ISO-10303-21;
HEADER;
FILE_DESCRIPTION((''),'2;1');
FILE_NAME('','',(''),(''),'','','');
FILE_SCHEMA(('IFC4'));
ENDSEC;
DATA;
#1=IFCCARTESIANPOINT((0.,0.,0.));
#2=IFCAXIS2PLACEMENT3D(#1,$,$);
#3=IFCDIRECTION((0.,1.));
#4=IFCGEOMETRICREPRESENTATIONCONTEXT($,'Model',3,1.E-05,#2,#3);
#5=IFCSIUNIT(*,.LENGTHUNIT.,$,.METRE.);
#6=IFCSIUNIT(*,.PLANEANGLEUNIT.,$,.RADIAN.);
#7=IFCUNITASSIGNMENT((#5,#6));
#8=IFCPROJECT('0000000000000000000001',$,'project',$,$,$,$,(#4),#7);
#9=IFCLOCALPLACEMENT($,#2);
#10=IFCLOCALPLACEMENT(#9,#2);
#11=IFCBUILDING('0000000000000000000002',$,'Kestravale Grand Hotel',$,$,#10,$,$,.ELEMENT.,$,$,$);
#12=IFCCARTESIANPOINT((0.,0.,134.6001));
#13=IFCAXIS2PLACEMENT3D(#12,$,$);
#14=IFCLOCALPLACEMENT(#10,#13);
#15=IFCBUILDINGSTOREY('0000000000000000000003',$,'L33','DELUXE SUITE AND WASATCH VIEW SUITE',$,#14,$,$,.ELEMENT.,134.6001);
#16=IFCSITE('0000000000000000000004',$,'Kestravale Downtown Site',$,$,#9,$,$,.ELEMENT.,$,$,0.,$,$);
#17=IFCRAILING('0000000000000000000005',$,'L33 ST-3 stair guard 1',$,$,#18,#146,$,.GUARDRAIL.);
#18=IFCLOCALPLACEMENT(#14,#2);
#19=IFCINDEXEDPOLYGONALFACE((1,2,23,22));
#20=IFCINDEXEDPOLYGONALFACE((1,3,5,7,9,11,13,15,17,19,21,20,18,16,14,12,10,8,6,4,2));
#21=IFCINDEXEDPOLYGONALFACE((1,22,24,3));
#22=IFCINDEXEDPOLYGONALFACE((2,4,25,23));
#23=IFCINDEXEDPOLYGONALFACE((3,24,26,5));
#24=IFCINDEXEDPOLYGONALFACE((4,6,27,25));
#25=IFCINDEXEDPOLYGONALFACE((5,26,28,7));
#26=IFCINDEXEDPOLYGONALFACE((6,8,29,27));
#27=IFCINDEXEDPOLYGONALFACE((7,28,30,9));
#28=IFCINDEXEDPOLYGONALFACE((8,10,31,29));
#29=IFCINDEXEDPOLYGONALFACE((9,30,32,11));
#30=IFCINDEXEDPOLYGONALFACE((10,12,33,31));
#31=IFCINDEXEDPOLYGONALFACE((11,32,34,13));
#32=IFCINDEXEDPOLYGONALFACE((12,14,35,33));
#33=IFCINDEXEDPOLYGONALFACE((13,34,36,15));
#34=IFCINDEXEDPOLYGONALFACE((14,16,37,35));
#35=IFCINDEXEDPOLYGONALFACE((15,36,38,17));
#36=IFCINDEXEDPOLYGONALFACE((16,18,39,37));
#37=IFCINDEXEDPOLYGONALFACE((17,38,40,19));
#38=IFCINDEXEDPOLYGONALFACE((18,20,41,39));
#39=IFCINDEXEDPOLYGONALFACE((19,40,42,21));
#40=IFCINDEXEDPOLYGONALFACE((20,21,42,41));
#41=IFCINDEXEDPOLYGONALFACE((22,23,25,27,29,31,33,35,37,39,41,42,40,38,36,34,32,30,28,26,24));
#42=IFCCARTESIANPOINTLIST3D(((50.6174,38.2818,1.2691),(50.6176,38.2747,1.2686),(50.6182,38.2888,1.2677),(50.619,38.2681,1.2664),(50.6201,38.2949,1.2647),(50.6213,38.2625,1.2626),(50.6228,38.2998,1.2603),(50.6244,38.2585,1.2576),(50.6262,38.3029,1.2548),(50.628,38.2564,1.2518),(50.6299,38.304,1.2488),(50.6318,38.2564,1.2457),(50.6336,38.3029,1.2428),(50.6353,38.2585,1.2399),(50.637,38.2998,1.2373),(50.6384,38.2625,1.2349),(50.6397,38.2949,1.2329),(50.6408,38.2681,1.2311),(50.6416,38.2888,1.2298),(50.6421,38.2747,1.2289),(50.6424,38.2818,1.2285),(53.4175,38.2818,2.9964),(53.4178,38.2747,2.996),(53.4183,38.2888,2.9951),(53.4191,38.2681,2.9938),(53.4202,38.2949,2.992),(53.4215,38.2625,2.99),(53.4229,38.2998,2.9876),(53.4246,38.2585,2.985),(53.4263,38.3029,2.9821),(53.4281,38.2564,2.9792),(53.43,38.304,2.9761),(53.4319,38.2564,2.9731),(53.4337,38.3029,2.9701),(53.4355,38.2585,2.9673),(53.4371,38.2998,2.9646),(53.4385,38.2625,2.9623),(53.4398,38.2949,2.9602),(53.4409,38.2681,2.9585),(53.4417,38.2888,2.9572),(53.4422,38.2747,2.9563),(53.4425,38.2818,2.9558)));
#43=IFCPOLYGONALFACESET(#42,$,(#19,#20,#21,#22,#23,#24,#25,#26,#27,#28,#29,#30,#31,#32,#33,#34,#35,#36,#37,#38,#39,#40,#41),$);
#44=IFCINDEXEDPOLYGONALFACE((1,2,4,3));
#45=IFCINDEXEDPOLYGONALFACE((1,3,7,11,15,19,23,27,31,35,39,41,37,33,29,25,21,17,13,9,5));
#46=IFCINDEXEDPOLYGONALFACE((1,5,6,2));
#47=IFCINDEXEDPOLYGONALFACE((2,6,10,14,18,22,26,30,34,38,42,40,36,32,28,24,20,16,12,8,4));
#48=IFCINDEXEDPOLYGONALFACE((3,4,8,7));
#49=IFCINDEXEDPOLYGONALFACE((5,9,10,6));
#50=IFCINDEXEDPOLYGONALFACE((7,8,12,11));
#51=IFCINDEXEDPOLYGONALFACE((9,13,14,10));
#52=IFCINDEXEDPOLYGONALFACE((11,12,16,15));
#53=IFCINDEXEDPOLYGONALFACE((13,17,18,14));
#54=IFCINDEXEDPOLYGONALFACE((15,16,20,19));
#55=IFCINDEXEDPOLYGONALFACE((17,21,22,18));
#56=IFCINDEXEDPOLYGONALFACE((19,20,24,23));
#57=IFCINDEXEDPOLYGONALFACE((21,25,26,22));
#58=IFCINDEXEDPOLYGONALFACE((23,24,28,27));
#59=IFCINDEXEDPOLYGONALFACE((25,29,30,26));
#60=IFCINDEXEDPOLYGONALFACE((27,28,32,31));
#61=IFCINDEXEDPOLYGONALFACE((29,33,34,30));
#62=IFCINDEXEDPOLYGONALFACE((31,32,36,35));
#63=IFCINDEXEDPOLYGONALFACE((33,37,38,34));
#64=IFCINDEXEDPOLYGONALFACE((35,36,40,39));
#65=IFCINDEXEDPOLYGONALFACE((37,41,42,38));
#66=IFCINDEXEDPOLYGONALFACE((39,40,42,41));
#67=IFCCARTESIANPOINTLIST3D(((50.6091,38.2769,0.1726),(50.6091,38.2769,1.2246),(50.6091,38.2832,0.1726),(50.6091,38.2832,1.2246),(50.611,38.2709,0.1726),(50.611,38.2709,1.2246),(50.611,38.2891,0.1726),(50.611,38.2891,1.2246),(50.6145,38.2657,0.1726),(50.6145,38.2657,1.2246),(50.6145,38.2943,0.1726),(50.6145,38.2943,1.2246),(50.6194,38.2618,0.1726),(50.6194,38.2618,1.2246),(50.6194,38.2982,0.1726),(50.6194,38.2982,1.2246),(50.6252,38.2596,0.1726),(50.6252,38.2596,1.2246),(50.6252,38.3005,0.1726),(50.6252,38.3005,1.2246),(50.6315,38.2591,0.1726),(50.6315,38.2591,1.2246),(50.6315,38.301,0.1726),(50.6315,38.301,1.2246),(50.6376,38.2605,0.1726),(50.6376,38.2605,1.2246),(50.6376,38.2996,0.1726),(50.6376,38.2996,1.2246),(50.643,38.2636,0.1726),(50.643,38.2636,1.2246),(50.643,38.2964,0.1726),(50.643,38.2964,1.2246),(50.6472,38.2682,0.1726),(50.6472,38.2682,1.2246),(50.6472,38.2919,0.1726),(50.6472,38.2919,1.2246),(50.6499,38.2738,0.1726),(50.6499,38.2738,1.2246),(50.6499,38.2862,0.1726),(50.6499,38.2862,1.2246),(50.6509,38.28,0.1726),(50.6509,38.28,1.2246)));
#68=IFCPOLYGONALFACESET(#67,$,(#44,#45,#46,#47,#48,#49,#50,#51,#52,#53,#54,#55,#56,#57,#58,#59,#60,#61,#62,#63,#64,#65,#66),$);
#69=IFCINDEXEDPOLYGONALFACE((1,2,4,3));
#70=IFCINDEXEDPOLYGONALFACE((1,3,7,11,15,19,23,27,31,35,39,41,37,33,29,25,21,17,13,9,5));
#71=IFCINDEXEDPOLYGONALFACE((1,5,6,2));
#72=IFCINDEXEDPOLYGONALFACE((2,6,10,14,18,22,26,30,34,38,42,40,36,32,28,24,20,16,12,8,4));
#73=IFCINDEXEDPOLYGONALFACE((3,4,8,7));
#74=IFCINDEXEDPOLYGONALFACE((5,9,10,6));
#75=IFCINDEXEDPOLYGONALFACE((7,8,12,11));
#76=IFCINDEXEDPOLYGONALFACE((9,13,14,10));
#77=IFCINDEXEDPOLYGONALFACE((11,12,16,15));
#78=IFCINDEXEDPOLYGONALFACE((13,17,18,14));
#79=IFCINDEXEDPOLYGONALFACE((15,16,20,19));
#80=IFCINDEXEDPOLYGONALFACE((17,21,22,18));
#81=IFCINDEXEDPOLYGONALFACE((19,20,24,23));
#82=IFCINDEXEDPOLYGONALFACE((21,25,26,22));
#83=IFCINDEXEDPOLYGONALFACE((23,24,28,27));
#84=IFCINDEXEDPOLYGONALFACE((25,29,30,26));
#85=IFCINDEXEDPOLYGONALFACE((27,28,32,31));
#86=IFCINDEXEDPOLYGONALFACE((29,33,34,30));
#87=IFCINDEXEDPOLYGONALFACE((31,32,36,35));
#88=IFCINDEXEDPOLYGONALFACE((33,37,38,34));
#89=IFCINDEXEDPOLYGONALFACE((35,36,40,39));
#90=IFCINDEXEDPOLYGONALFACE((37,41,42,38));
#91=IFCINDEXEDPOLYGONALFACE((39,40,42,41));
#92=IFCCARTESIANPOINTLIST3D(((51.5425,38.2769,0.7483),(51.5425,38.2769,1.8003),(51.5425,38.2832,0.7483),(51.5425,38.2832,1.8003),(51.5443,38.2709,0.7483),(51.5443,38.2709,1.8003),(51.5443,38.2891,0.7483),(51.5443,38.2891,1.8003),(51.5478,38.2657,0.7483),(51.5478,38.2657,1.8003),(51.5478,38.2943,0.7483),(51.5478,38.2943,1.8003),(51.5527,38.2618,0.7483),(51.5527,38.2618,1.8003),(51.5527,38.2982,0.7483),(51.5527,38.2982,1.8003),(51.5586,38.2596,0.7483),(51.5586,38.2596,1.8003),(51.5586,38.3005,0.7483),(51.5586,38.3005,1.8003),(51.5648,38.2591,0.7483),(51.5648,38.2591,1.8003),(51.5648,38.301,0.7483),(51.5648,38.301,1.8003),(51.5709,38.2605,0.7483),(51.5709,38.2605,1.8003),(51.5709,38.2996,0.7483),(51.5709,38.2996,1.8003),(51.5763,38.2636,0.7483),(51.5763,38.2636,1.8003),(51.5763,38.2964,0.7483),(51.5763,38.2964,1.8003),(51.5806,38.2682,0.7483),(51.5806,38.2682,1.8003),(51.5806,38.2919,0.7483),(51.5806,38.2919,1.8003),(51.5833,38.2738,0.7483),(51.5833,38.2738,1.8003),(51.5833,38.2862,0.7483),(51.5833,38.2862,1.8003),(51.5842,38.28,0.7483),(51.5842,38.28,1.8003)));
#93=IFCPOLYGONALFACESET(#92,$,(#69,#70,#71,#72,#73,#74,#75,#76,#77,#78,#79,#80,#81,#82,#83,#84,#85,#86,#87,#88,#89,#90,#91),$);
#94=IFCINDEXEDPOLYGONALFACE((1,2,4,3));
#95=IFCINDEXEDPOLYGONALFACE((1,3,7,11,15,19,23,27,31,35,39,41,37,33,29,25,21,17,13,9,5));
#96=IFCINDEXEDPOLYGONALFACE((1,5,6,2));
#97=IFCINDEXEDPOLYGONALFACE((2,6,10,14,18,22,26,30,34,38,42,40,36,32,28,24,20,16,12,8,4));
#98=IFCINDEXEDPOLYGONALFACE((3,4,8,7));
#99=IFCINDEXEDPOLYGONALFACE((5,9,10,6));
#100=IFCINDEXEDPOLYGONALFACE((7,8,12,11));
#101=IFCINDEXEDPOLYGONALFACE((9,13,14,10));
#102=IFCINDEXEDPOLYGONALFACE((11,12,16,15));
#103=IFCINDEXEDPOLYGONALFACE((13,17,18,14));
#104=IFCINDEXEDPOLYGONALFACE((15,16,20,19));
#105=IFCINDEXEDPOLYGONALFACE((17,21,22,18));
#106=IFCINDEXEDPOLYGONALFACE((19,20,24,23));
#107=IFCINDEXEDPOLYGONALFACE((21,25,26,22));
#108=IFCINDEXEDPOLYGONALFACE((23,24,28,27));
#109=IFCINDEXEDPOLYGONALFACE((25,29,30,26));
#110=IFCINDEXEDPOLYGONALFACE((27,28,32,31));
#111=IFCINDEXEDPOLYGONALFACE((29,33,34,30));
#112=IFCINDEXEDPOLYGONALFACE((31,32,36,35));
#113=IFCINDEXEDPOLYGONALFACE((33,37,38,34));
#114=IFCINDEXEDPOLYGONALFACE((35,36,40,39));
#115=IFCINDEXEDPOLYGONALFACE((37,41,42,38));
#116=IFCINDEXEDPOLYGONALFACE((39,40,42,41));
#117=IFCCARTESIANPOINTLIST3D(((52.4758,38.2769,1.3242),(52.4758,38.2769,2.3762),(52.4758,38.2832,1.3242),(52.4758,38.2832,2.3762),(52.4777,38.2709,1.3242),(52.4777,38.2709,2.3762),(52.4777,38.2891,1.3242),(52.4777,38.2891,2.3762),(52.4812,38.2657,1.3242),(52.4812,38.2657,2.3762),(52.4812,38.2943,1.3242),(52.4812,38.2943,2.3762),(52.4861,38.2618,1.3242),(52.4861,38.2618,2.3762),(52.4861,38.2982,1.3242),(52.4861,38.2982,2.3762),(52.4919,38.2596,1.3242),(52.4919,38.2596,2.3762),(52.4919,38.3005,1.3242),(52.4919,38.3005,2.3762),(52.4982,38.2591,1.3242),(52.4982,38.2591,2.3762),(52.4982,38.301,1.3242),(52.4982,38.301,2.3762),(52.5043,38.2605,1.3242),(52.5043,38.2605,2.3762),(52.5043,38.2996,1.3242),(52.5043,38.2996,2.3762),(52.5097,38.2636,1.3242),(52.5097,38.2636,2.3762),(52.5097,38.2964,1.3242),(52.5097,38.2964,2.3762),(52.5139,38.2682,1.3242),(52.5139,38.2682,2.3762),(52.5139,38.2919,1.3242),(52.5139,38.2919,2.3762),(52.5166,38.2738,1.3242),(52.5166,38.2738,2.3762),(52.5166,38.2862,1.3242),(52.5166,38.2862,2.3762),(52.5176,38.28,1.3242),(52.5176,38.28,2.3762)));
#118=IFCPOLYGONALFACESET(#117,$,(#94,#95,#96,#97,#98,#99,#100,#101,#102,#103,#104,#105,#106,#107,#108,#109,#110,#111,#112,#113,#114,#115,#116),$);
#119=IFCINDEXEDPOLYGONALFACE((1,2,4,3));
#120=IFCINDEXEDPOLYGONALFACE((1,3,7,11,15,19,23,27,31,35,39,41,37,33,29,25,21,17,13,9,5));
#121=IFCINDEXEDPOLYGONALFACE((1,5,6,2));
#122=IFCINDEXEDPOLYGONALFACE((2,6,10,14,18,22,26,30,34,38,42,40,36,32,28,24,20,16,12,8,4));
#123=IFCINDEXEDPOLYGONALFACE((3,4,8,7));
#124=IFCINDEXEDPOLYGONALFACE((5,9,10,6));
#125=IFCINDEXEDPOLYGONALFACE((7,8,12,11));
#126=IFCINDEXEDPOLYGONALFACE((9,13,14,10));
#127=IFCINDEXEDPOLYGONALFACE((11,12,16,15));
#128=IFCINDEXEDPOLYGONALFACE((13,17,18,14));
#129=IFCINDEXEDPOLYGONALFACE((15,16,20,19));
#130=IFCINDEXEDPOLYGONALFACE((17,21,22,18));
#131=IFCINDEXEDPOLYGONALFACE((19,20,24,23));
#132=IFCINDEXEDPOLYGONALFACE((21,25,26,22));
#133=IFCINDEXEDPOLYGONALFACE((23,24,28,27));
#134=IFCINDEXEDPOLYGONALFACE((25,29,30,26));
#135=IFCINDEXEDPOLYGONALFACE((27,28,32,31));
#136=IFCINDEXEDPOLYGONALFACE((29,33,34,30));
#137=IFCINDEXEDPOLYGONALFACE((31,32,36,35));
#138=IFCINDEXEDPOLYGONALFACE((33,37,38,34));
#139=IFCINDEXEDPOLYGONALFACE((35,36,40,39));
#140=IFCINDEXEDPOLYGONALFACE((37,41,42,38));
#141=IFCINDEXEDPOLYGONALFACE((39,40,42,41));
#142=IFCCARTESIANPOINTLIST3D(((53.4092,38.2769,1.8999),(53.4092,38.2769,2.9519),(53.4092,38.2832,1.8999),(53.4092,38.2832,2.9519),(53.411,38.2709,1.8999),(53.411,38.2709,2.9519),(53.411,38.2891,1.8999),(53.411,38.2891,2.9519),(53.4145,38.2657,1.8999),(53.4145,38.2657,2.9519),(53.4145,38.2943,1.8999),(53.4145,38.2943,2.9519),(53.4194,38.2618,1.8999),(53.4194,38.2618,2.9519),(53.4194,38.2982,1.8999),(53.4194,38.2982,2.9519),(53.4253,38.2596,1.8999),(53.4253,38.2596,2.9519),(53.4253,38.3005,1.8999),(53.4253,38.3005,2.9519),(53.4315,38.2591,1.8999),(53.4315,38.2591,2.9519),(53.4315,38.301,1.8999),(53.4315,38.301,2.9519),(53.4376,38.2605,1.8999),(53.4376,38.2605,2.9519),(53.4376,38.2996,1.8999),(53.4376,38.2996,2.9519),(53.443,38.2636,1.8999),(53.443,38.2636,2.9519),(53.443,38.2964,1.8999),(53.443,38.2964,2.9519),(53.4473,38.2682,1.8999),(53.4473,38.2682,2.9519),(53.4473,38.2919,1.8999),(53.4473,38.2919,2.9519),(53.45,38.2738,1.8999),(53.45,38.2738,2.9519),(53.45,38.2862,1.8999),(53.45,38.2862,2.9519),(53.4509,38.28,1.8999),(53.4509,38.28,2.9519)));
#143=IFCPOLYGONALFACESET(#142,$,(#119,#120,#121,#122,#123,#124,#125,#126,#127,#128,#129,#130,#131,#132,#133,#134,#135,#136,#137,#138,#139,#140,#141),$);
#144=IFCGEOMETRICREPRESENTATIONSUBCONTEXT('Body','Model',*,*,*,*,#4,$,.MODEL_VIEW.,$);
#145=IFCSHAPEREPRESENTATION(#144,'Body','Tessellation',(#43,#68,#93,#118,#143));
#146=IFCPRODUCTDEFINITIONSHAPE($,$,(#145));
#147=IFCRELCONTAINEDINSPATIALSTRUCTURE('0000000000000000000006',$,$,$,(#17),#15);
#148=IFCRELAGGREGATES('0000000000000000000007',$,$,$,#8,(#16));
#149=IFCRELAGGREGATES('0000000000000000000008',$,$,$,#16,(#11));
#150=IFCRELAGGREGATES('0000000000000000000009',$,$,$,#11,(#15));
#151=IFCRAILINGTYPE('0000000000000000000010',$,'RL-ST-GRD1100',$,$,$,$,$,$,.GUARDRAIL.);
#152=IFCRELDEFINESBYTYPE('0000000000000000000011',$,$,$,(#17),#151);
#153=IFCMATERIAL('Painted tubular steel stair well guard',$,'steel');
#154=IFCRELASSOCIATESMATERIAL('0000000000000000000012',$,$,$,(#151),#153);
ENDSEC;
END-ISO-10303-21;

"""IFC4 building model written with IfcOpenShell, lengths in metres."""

from ifc_helpers import new_model, si_unit, direction, frame, origin, origin_2d, place, context, subcontext, project, spatial, circle, extrude, material, type_object, element, save


model = new_model("IFC4")

# Units and contexts
model_context = context("Model", 3, precision=1e-05, world=origin(), true_north=direction((0.0, 1.0)))
body_context = subcontext(model_context, "Body", "Model", "MODEL_VIEW")
ifc_project = project(units=[si_unit("LENGTHUNIT", "METRE"), si_unit("PLANEANGLEUNIT", "RADIAN")], contexts=[model_context])

# Site, building, storey
site_placement = place(None, origin())
site = spatial("IfcSite", under=ifc_project, at=site_placement, Name="Kestravale Downtown Site", CompositionType="ELEMENT", RefElevation=0.0)
building_placement = place(site_placement, origin())
building = spatial("IfcBuilding", under=site, at=building_placement, Name="Kestravale Grand Hotel", CompositionType="ELEMENT")
storey_placement = place(building_placement, frame((0.0, 0.0, 134.6001)))
storey = spatial("IfcBuildingStorey", under=building, at=storey_placement, Name="L33", Description="DELUXE SUITE AND WASATCH VIEW SUITE", CompositionType="ELEMENT", Elevation=134.6001)

# Railing
ifc_material_1 = material(Name="Painted tubular steel stair well guard", Category="steel")
railing_type_1 = type_object("IfcRailingType", Name="RL-ST-GRD1100", PredefinedType="GUARDRAIL", material=ifc_material_1)
railing_1_placement = place(storey_placement, frame((50.6299, 38.28, 0.1726)))
element("IfcRailing", 1, at=railing_1_placement, inside=storey, type_object=railing_type_1, Name="L33 ST-3 stair guard 1", PredefinedType="GUARDRAIL", context=body_context, shape_type="SweptSolid", body=[
    extrude(circle(Radius=0.0239, at=origin_2d()), frame((0.0, 0.0, 1.0762), z_axis=(0.85109, 0.0, 0.52502), x_axis=(0.0, 1.0, 0.0)), (0.0, 0.0, 1.0), 3.29),
    extrude(circle(Radius=0.021, at=origin_2d()), origin(), (0.0, 0.0, 1.0), 1.052),
    extrude(circle(Radius=0.021, at=origin_2d()), frame((0.9333, 0.0, 0.5757)), (0.0, 0.0, 1.0), 1.052),
    extrude(circle(Radius=0.021, at=origin_2d()), frame((1.8667, 0.0, 1.1516)), (0.0, 0.0, 1.0), 1.052),
    extrude(circle(Radius=0.021, at=origin_2d()), frame((2.8, 0.0, 1.7273)), (0.0, 0.0, 1.0), 1.052),
])

save(model, "model.ifc")
